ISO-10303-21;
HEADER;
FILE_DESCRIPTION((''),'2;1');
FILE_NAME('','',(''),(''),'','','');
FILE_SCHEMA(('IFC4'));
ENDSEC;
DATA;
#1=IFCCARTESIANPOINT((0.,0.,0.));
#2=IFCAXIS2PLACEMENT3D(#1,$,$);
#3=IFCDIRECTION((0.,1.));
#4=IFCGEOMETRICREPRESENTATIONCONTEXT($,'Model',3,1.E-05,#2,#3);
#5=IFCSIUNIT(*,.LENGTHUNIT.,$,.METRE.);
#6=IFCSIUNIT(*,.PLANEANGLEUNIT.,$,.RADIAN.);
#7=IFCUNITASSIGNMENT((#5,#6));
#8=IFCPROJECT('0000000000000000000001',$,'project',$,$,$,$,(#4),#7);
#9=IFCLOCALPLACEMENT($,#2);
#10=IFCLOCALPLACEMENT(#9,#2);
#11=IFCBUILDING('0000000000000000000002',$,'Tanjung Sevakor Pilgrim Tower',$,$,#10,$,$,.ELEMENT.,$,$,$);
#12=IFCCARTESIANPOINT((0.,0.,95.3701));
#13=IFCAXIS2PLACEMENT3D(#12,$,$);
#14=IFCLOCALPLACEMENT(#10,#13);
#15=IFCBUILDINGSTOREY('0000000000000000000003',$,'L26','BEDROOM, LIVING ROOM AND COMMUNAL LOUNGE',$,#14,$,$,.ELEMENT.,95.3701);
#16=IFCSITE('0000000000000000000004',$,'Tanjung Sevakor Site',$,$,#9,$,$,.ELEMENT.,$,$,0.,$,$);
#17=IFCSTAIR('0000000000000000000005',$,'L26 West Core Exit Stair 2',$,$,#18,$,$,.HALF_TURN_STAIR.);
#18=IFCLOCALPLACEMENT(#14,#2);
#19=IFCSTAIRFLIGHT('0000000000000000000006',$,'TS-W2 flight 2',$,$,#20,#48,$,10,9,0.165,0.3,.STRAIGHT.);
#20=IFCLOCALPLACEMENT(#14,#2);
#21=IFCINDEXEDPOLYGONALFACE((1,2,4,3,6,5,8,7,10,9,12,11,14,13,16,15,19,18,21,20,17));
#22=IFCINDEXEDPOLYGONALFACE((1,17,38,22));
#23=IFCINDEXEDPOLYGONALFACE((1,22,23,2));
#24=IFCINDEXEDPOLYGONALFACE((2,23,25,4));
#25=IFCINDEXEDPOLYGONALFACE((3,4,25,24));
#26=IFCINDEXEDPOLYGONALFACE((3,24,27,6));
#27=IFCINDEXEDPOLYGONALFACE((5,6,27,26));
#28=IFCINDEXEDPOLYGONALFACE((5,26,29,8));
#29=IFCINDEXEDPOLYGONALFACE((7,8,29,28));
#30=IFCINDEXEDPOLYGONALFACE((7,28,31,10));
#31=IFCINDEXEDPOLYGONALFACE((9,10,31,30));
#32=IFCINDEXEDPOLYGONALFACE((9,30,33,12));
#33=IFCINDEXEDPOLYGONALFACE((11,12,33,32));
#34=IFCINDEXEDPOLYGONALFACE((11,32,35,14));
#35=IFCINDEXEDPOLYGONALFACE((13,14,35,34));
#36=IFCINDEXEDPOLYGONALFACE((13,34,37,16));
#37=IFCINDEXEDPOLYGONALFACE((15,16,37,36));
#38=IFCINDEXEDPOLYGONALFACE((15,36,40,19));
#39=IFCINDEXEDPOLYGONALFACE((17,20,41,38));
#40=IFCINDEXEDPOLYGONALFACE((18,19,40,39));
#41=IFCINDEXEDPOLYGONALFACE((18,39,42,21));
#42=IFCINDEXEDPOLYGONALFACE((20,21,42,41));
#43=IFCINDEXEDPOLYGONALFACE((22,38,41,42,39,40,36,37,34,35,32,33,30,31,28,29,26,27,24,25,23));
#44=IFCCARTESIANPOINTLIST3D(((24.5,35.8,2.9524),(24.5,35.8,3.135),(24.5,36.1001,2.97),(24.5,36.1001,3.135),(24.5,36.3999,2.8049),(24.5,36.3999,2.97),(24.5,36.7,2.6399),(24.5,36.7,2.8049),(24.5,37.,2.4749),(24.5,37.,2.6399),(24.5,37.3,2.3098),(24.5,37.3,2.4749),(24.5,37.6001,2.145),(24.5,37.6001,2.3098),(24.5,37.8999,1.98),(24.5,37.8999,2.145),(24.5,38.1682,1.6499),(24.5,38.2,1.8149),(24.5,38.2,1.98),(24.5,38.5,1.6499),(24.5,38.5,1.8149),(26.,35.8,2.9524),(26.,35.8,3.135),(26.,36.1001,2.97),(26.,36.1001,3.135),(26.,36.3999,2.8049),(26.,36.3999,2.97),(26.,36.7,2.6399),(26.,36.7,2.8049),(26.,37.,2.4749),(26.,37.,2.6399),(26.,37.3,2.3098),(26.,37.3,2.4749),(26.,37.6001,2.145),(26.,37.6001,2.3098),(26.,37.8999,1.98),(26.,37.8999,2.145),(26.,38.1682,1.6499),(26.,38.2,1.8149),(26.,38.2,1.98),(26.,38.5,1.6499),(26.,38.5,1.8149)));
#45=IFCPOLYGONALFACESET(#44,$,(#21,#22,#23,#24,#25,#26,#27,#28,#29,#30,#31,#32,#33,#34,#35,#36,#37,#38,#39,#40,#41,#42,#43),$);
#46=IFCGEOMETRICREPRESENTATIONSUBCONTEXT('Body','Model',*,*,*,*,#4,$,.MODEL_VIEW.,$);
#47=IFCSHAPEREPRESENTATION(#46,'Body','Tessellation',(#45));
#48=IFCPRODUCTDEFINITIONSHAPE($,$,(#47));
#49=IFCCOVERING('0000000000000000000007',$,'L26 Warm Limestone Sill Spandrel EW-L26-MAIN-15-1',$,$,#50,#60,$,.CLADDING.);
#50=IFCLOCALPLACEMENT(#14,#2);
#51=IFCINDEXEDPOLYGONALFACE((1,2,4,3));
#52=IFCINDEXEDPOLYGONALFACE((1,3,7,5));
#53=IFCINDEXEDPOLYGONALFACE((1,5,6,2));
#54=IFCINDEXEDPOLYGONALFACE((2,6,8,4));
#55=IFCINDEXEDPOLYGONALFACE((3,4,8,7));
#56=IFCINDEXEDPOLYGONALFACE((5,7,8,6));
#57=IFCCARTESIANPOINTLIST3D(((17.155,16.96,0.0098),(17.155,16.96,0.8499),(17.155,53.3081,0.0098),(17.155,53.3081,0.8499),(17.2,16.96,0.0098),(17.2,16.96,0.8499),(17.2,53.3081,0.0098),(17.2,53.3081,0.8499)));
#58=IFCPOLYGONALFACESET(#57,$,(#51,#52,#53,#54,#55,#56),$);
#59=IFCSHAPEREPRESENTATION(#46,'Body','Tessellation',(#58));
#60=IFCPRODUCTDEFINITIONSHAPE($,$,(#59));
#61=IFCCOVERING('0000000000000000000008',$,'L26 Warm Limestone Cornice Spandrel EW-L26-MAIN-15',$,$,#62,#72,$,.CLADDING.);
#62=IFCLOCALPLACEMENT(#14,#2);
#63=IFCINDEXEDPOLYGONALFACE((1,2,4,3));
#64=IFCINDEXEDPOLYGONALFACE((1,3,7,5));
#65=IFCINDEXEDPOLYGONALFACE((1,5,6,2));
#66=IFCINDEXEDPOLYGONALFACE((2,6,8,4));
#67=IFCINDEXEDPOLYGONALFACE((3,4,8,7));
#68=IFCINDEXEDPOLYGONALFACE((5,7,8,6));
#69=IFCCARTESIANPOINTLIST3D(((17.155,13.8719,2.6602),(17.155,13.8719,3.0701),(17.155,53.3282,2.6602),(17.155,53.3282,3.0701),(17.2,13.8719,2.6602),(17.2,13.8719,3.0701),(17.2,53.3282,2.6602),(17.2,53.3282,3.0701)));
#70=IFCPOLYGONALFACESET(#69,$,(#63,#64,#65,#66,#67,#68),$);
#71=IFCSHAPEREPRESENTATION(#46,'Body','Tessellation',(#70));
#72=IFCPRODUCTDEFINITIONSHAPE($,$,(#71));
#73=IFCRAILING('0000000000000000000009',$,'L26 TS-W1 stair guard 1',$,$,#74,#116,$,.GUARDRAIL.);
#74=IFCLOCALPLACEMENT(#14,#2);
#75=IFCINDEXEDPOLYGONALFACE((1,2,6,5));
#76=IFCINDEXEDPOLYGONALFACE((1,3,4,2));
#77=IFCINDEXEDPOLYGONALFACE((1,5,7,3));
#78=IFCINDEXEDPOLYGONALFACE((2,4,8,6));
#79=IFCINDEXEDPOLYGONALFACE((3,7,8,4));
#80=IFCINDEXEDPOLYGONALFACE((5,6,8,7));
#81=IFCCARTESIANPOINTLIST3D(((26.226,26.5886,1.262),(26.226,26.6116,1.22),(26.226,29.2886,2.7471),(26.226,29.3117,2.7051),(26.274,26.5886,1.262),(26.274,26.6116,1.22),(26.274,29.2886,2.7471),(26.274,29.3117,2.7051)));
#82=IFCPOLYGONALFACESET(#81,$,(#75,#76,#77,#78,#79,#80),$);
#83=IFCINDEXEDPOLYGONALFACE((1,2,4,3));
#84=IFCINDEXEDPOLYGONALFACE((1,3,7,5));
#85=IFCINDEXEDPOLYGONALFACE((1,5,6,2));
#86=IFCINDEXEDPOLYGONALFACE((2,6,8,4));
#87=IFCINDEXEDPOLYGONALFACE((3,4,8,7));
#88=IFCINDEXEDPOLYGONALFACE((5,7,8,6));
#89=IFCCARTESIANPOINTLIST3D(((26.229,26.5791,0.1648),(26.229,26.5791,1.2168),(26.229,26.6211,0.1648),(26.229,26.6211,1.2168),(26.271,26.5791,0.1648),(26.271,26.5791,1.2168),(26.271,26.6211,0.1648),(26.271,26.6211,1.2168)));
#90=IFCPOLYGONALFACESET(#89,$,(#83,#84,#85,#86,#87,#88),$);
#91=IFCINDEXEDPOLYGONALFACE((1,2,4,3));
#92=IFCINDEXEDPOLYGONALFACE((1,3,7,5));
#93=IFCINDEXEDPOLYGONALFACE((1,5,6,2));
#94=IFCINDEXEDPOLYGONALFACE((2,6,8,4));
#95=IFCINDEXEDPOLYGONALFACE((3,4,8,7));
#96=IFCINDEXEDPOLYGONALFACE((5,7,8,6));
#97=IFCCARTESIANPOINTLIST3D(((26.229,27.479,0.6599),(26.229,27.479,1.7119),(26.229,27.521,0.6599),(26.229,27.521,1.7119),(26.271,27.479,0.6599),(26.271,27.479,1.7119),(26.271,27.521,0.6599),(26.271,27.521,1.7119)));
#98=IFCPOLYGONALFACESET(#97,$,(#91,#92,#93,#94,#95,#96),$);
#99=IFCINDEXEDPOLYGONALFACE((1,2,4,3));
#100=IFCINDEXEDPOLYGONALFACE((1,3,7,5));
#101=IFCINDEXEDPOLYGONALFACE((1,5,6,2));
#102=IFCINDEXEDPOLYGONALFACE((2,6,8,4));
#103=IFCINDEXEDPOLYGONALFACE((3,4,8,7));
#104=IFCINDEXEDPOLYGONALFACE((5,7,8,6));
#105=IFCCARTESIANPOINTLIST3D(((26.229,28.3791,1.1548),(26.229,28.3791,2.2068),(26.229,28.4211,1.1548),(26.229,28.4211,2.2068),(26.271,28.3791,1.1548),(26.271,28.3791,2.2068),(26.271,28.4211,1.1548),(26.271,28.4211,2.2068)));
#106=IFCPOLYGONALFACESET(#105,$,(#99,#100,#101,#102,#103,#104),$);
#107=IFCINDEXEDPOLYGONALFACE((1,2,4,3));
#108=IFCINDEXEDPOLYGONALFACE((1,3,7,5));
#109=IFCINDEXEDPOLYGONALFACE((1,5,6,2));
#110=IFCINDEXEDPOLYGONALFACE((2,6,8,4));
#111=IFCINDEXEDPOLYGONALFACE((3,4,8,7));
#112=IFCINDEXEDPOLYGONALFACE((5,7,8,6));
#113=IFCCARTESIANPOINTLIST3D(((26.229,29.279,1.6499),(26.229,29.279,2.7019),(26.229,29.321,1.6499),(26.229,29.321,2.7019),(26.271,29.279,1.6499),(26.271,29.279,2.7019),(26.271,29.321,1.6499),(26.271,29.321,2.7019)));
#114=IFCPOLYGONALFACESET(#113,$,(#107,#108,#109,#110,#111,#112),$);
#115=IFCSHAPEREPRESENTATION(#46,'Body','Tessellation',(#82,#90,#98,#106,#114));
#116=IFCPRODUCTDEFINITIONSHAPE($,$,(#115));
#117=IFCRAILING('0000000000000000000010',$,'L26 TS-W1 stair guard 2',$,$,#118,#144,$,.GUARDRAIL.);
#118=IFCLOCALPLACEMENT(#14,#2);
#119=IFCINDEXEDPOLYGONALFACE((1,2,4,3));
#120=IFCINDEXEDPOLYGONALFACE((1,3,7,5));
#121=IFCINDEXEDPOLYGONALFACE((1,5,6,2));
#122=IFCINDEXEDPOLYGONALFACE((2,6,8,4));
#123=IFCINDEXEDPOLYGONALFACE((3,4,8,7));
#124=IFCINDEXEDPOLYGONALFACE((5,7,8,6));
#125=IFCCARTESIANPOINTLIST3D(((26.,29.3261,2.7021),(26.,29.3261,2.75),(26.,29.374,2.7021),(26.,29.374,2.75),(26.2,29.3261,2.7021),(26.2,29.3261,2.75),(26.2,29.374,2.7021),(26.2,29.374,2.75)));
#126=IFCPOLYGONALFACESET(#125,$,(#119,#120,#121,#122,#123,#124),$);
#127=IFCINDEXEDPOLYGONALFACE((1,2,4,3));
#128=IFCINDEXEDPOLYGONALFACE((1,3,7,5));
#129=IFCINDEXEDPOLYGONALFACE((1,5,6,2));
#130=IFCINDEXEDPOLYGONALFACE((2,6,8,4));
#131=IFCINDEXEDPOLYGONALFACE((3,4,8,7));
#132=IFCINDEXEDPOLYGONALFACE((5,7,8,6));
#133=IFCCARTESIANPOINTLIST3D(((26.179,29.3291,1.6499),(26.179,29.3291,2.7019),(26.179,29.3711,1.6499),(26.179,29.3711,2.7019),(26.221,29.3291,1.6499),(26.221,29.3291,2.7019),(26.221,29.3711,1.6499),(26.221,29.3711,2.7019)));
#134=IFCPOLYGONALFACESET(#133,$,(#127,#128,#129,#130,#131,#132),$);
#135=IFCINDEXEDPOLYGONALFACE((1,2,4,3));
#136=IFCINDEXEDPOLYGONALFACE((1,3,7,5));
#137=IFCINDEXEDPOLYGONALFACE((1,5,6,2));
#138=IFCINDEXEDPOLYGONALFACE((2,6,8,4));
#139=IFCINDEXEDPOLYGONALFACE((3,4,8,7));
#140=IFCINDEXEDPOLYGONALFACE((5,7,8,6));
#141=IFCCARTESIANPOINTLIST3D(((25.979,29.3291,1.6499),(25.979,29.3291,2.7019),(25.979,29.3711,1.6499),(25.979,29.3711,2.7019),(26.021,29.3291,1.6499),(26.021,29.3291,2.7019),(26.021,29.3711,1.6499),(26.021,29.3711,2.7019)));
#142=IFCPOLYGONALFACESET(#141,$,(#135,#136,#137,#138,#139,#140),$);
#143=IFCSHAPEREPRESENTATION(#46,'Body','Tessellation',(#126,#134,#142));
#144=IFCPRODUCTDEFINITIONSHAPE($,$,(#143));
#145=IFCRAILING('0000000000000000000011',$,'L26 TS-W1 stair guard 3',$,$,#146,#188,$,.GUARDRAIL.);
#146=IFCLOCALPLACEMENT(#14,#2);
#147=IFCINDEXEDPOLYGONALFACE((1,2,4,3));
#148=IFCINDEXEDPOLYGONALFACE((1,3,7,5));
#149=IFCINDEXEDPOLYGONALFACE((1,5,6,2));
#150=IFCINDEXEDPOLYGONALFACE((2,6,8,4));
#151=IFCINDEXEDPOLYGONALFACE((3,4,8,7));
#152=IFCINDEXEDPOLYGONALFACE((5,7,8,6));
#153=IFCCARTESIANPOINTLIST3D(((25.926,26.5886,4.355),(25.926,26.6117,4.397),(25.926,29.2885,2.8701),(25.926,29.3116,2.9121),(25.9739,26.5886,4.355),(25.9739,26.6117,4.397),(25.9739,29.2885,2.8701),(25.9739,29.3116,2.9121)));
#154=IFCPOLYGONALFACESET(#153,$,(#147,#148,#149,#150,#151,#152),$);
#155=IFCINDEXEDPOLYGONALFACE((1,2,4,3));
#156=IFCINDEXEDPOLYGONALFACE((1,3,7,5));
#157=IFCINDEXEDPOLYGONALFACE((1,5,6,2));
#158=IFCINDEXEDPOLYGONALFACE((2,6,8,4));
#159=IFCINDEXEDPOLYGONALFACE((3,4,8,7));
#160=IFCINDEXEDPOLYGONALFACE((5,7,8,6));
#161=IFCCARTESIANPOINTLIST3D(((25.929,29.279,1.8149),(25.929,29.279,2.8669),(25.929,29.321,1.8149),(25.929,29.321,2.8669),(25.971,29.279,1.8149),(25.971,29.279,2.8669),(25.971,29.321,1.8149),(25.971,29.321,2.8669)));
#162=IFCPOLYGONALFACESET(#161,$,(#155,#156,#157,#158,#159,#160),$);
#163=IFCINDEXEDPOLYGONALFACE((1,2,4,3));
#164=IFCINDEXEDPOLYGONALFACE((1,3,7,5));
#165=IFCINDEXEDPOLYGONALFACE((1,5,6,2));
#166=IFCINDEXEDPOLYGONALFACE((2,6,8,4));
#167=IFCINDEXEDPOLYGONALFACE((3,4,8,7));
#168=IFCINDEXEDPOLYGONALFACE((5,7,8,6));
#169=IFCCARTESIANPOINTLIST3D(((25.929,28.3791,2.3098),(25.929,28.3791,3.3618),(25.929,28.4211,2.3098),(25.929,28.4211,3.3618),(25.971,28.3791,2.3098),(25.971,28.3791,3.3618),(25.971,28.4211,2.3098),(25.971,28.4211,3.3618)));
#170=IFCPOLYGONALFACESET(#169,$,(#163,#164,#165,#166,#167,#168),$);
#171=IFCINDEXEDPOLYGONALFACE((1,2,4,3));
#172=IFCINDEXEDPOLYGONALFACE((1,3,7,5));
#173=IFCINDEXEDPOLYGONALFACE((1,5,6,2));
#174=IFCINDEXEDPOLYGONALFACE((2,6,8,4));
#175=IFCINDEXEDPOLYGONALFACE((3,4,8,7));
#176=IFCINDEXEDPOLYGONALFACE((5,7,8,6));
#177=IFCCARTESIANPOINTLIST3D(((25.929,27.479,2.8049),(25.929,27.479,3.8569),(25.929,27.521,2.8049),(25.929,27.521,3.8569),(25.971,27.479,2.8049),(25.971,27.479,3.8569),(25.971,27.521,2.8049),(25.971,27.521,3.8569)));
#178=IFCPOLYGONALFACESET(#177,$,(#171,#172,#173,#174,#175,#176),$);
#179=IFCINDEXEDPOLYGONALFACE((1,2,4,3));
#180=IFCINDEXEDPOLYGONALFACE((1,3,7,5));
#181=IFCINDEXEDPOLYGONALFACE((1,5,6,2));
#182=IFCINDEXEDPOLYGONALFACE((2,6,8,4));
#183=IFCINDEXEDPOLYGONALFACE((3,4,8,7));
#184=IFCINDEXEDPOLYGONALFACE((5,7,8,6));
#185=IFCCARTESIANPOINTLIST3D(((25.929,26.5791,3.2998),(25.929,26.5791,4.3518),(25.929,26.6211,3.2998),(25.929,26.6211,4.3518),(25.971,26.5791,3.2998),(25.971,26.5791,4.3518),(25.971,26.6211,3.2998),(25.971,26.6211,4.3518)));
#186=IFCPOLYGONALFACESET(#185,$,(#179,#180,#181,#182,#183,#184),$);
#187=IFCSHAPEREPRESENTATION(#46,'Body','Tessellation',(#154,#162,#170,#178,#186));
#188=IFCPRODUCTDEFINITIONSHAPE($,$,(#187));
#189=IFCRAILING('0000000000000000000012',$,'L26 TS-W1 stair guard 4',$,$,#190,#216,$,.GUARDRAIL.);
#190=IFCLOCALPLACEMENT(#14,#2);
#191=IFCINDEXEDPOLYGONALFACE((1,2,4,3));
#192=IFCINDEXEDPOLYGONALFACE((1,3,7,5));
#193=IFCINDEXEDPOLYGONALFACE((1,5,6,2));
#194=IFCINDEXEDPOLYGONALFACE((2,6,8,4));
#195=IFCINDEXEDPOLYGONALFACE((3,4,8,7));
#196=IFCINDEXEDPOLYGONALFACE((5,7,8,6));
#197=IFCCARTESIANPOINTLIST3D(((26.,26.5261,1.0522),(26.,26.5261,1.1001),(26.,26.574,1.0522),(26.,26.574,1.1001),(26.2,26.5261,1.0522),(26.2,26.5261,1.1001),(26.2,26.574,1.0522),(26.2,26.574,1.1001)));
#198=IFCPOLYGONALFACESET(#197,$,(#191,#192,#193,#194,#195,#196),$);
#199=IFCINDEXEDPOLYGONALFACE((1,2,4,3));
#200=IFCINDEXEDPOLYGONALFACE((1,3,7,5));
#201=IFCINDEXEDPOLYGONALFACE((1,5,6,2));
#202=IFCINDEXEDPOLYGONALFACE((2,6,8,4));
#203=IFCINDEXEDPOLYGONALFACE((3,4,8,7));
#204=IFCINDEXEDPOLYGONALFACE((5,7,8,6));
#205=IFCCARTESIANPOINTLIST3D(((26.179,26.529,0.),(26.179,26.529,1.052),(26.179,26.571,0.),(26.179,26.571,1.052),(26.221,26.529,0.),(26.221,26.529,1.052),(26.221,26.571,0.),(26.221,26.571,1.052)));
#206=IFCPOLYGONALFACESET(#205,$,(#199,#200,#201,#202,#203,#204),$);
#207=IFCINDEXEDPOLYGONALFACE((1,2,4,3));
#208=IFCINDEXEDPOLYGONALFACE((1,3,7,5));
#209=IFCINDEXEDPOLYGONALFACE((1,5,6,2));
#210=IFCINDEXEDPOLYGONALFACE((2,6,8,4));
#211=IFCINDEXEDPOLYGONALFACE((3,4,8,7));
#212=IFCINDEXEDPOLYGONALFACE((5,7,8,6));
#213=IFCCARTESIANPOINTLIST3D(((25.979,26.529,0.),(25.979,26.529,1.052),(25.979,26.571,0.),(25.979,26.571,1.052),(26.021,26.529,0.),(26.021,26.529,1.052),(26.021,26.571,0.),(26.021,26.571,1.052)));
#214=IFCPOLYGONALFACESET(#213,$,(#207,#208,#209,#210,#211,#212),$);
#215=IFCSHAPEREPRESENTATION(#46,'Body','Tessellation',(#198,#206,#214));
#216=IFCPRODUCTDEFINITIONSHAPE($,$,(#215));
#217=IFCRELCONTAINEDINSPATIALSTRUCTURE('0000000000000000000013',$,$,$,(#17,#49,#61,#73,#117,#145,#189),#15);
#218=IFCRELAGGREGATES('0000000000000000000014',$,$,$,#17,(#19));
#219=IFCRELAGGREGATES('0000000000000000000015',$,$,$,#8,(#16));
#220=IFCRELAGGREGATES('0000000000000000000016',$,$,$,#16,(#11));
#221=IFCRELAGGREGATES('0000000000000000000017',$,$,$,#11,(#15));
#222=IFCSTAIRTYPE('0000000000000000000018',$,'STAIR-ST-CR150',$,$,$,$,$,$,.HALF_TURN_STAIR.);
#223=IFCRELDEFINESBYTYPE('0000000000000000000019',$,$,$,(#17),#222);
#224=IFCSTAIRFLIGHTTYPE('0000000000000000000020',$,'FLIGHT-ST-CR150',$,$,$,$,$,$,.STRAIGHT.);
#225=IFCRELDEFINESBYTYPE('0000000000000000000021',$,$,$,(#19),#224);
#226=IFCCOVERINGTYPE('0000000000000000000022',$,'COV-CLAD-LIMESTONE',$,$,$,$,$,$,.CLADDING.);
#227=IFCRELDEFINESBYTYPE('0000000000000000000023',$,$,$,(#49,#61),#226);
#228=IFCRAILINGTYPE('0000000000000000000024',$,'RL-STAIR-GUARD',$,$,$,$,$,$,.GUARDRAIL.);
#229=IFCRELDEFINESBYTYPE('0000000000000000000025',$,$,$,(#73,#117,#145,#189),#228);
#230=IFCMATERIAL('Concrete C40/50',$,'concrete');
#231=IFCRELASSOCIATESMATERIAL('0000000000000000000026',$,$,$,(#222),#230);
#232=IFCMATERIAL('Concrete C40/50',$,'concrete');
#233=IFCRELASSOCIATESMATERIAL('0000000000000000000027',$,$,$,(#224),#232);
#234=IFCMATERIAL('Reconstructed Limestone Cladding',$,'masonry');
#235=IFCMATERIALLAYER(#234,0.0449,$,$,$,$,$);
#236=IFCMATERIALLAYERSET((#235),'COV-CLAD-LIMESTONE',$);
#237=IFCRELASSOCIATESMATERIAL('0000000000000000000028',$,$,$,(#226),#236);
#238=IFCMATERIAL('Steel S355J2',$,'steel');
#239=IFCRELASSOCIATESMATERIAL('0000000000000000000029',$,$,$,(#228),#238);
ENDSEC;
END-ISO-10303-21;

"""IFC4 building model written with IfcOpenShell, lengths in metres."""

from ifc_helpers import new_model, si_unit, direction, frame, origin, origin_2d, place, context, subcontext, project, spatial, polyline, rectangle, outline, extrude, material, layer, layer_set, type_object, element, aggregate, save


model = new_model("IFC4")

# Units and contexts
model_context = context("Model", 3, precision=1e-05, world=origin(), true_north=direction((0.0, 1.0)))
body_context = subcontext(model_context, "Body", "Model", "MODEL_VIEW")
ifc_project = project(units=[si_unit("LENGTHUNIT", "METRE"), si_unit("PLANEANGLEUNIT", "RADIAN")], contexts=[model_context])

# Site, building, storey
site_placement = place(None, origin())
site = spatial("IfcSite", under=ifc_project, at=site_placement, Name="Tanjung Sevakor Site", CompositionType="ELEMENT", RefElevation=0.0)
building_placement = place(site_placement, origin())
building = spatial("IfcBuilding", under=site, at=building_placement, Name="Tanjung Sevakor Pilgrim Tower", CompositionType="ELEMENT")
storey_placement = place(building_placement, frame((0.0, 0.0, 95.3701)))
storey = spatial("IfcBuildingStorey", under=building, at=storey_placement, Name="L26", Description="BEDROOM, LIVING ROOM AND COMMUNAL LOUNGE", CompositionType="ELEMENT", Elevation=95.3701)

# Stair, stair flight
ifc_material_1 = material(Name="Concrete C40/50", Category="concrete")
stair_type = type_object("IfcStairType", Name="STAIR-ST-CR150", PredefinedType="HALF_TURN_STAIR", material=ifc_material_1)
ifc_material_2 = material(Name="Concrete C40/50", Category="concrete")
stair_flight_type = type_object("IfcStairFlightType", Name="FLIGHT-ST-CR150", PredefinedType="STRAIGHT", material=ifc_material_2)
stair_1_placement = place(storey_placement, origin())
stair_1 = element("IfcStair", 1, at=stair_1_placement, inside=storey, type_object=stair_type, Name="L26 West Core Exit Stair 2", PredefinedType="HALF_TURN_STAIR")
stair_flight_1_placement = place(storey_placement, frame((25.25, 38.5, 1.6499), z_axis=(0.0, 0.0, 1.0), x_axis=(0.0, -1.0, 0.0)))
stair_flight_1 = element("IfcStairFlight", 2, at=stair_flight_1_placement, type_object=stair_flight_type, Name="TS-W2 flight 2", NumberOfRisers=10, NumberOfTreads=9, PredefinedType="STRAIGHT", RiserHeight=0.165, TreadLength=0.3, context=body_context, shape_type="SweptSolid", body=[
    extrude(outline(polyline([(0.0, 0.0), (0.0, 0.165), (0.3, 0.165), (0.3, 0.3301), (0.6001, 0.3301), (0.6001, 0.4951), (0.8999, 0.4951), (0.8999, 0.6599), (1.2, 0.6599), (1.2, 0.825), (1.5, 0.825), (1.5, 0.99), (1.8, 0.99), (1.8, 1.155), (2.1001, 1.155), (2.1001, 1.3201), (2.3999, 1.3201), (2.3999, 1.4851), (2.7, 1.4851), (2.7, 1.6499), (2.7, 1.3025), (0.3318, 0.0), (0.0, 0.0)])), frame((0.0, 0.75, 0.0), z_axis=(0.0, -1.0, 0.0), x_axis=(1.0, 0.0, 0.0)), (0.0, 0.0, 1.0), 1.5),
])
aggregate(stair_1, [stair_flight_1])

# Coverings
ifc_material_3 = material(Name="Reconstructed Limestone Cladding", Category="masonry")
ifc_layer_1 = layer(ifc_material_3, 0.0449)
ifc_layer_set_1 = layer_set([ifc_layer_1], Name="COV-CLAD-LIMESTONE")
covering_type = type_object("IfcCoveringType", Name="COV-CLAD-LIMESTONE", PredefinedType="CLADDING", material=ifc_layer_set_1)
covering_1_placement = place(storey_placement, frame((17.1775, 35.134, 0.0098), z_axis=(0.0, 0.0, 1.0), x_axis=(0.0, -1.0, 0.0)))
element("IfcCovering", 3, at=covering_1_placement, inside=storey, type_object=covering_type, Name="L26 Warm Limestone Sill Spandrel EW-L26-MAIN-15-1", PredefinedType="CLADDING", context=body_context, shape_type="SweptSolid", body=[
    extrude(rectangle(XDim=36.3481, YDim=0.0449, at=origin_2d()), origin(), (0.0, 0.0, 1.0), 0.8401),
])
covering_2_placement = place(storey_placement, frame((17.1775, 33.6001, 2.6602), z_axis=(0.0, 0.0, 1.0), x_axis=(0.0, -1.0, 0.0)))
element("IfcCovering", 4, at=covering_2_placement, inside=storey, type_object=covering_type, Name="L26 Warm Limestone Cornice Spandrel EW-L26-MAIN-15", PredefinedType="CLADDING", context=body_context, shape_type="SweptSolid", body=[
    extrude(rectangle(XDim=39.4563, YDim=0.0449, at=origin_2d()), origin(), (0.0, 0.0, 1.0), 0.4099),
])

# Railings
ifc_material_4 = material(Name="Steel S355J2", Category="steel")
railing_type_1 = type_object("IfcRailingType", Name="RL-STAIR-GUARD", PredefinedType="GUARDRAIL", material=ifc_material_4)
railing_1_placement = place(storey_placement, frame((26.25, 26.6001, 0.1648)))
element("IfcRailing", 5, at=railing_1_placement, inside=storey, type_object=railing_type_1, Name="L26 TS-W1 stair guard 1", PredefinedType="GUARDRAIL", context=body_context, shape_type="SweptSolid", body=[
    extrude(rectangle(XDim=0.0479, YDim=0.0479), frame((0.0, 0.0, 1.0762), z_axis=(0.0, 0.876198, 0.481952), x_axis=(-1.0, 0.0, 0.0)), (0.0, 0.0, 1.0), 3.0815),
    extrude(rectangle(XDim=0.042, YDim=0.042), origin(), (0.0, 0.0, 1.0), 1.052),
    extrude(rectangle(XDim=0.042, YDim=0.042), frame((0.0, 0.8999, 0.4951)), (0.0, 0.0, 1.0), 1.052),
    extrude(rectangle(XDim=0.042, YDim=0.042), frame((0.0, 1.8, 0.99)), (0.0, 0.0, 1.0), 1.052),
    extrude(rectangle(XDim=0.042, YDim=0.042), frame((0.0, 2.7, 1.4851)), (0.0, 0.0, 1.0), 1.052),
])
railing_2_placement = place(storey_placement, frame((26.2, 29.3501, 1.6499)))
element("IfcRailing", 6, at=railing_2_placement, inside=storey, type_object=railing_type_1, Name="L26 TS-W1 stair guard 2", PredefinedType="GUARDRAIL", context=body_context, shape_type="SweptSolid", body=[
    extrude(rectangle(XDim=0.0479, YDim=0.0479), frame((0.0, 0.0, 1.0762), z_axis=(-1.0, 0.0, 0.0), x_axis=(0.0, -1.0, 0.0)), (0.0, 0.0, 1.0), 0.2),
    extrude(rectangle(XDim=0.042, YDim=0.042), origin(), (0.0, 0.0, 1.0), 1.052),
    extrude(rectangle(XDim=0.042, YDim=0.042), frame((-0.2, 0.0, 0.0)), (0.0, 0.0, 1.0), 1.052),
])
railing_3_placement = place(storey_placement, frame((25.95, 29.3, 1.8149)))
element("IfcRailing", 7, at=railing_3_placement, inside=storey, type_object=railing_type_1, Name="L26 TS-W1 stair guard 3", PredefinedType="GUARDRAIL", context=body_context, shape_type="SweptSolid", body=[
    extrude(rectangle(XDim=0.0479, YDim=0.0479), frame((0.0, 0.0, 1.0762), z_axis=(0.0, -0.876231, 0.481891), x_axis=(1.0, 0.0, 0.0)), (0.0, 0.0, 1.0), 3.0813),
    extrude(rectangle(XDim=0.042, YDim=0.042), origin(), (0.0, 0.0, 1.0), 1.052),
    extrude(rectangle(XDim=0.042, YDim=0.042), frame((0.0, -0.8999, 0.4949)), (0.0, 0.0, 1.0), 1.052),
    extrude(rectangle(XDim=0.042, YDim=0.042), frame((0.0, -1.8, 0.99)), (0.0, 0.0, 1.0), 1.052),
    extrude(rectangle(XDim=0.042, YDim=0.042), frame((0.0, -2.7, 1.4849)), (0.0, 0.0, 1.0), 1.052),
])
railing_4_placement = place(storey_placement, frame((26.2, 26.55, 0.0)))
element("IfcRailing", 8, at=railing_4_placement, inside=storey, type_object=railing_type_1, Name="L26 TS-W1 stair guard 4", PredefinedType="GUARDRAIL", context=body_context, shape_type="SweptSolid", body=[
    extrude(rectangle(XDim=0.0479, YDim=0.0479), frame((0.0, 0.0, 1.0762), z_axis=(-1.0, 0.0, 0.0), x_axis=(0.0, -1.0, 0.0)), (0.0, 0.0, 1.0), 0.2),
    extrude(rectangle(XDim=0.042, YDim=0.042), origin(), (0.0, 0.0, 1.0), 1.052),
    extrude(rectangle(XDim=0.042, YDim=0.042), frame((-0.2, 0.0, 0.0)), (0.0, 0.0, 1.0), 1.052),
])

save(model, "model.ifc")
